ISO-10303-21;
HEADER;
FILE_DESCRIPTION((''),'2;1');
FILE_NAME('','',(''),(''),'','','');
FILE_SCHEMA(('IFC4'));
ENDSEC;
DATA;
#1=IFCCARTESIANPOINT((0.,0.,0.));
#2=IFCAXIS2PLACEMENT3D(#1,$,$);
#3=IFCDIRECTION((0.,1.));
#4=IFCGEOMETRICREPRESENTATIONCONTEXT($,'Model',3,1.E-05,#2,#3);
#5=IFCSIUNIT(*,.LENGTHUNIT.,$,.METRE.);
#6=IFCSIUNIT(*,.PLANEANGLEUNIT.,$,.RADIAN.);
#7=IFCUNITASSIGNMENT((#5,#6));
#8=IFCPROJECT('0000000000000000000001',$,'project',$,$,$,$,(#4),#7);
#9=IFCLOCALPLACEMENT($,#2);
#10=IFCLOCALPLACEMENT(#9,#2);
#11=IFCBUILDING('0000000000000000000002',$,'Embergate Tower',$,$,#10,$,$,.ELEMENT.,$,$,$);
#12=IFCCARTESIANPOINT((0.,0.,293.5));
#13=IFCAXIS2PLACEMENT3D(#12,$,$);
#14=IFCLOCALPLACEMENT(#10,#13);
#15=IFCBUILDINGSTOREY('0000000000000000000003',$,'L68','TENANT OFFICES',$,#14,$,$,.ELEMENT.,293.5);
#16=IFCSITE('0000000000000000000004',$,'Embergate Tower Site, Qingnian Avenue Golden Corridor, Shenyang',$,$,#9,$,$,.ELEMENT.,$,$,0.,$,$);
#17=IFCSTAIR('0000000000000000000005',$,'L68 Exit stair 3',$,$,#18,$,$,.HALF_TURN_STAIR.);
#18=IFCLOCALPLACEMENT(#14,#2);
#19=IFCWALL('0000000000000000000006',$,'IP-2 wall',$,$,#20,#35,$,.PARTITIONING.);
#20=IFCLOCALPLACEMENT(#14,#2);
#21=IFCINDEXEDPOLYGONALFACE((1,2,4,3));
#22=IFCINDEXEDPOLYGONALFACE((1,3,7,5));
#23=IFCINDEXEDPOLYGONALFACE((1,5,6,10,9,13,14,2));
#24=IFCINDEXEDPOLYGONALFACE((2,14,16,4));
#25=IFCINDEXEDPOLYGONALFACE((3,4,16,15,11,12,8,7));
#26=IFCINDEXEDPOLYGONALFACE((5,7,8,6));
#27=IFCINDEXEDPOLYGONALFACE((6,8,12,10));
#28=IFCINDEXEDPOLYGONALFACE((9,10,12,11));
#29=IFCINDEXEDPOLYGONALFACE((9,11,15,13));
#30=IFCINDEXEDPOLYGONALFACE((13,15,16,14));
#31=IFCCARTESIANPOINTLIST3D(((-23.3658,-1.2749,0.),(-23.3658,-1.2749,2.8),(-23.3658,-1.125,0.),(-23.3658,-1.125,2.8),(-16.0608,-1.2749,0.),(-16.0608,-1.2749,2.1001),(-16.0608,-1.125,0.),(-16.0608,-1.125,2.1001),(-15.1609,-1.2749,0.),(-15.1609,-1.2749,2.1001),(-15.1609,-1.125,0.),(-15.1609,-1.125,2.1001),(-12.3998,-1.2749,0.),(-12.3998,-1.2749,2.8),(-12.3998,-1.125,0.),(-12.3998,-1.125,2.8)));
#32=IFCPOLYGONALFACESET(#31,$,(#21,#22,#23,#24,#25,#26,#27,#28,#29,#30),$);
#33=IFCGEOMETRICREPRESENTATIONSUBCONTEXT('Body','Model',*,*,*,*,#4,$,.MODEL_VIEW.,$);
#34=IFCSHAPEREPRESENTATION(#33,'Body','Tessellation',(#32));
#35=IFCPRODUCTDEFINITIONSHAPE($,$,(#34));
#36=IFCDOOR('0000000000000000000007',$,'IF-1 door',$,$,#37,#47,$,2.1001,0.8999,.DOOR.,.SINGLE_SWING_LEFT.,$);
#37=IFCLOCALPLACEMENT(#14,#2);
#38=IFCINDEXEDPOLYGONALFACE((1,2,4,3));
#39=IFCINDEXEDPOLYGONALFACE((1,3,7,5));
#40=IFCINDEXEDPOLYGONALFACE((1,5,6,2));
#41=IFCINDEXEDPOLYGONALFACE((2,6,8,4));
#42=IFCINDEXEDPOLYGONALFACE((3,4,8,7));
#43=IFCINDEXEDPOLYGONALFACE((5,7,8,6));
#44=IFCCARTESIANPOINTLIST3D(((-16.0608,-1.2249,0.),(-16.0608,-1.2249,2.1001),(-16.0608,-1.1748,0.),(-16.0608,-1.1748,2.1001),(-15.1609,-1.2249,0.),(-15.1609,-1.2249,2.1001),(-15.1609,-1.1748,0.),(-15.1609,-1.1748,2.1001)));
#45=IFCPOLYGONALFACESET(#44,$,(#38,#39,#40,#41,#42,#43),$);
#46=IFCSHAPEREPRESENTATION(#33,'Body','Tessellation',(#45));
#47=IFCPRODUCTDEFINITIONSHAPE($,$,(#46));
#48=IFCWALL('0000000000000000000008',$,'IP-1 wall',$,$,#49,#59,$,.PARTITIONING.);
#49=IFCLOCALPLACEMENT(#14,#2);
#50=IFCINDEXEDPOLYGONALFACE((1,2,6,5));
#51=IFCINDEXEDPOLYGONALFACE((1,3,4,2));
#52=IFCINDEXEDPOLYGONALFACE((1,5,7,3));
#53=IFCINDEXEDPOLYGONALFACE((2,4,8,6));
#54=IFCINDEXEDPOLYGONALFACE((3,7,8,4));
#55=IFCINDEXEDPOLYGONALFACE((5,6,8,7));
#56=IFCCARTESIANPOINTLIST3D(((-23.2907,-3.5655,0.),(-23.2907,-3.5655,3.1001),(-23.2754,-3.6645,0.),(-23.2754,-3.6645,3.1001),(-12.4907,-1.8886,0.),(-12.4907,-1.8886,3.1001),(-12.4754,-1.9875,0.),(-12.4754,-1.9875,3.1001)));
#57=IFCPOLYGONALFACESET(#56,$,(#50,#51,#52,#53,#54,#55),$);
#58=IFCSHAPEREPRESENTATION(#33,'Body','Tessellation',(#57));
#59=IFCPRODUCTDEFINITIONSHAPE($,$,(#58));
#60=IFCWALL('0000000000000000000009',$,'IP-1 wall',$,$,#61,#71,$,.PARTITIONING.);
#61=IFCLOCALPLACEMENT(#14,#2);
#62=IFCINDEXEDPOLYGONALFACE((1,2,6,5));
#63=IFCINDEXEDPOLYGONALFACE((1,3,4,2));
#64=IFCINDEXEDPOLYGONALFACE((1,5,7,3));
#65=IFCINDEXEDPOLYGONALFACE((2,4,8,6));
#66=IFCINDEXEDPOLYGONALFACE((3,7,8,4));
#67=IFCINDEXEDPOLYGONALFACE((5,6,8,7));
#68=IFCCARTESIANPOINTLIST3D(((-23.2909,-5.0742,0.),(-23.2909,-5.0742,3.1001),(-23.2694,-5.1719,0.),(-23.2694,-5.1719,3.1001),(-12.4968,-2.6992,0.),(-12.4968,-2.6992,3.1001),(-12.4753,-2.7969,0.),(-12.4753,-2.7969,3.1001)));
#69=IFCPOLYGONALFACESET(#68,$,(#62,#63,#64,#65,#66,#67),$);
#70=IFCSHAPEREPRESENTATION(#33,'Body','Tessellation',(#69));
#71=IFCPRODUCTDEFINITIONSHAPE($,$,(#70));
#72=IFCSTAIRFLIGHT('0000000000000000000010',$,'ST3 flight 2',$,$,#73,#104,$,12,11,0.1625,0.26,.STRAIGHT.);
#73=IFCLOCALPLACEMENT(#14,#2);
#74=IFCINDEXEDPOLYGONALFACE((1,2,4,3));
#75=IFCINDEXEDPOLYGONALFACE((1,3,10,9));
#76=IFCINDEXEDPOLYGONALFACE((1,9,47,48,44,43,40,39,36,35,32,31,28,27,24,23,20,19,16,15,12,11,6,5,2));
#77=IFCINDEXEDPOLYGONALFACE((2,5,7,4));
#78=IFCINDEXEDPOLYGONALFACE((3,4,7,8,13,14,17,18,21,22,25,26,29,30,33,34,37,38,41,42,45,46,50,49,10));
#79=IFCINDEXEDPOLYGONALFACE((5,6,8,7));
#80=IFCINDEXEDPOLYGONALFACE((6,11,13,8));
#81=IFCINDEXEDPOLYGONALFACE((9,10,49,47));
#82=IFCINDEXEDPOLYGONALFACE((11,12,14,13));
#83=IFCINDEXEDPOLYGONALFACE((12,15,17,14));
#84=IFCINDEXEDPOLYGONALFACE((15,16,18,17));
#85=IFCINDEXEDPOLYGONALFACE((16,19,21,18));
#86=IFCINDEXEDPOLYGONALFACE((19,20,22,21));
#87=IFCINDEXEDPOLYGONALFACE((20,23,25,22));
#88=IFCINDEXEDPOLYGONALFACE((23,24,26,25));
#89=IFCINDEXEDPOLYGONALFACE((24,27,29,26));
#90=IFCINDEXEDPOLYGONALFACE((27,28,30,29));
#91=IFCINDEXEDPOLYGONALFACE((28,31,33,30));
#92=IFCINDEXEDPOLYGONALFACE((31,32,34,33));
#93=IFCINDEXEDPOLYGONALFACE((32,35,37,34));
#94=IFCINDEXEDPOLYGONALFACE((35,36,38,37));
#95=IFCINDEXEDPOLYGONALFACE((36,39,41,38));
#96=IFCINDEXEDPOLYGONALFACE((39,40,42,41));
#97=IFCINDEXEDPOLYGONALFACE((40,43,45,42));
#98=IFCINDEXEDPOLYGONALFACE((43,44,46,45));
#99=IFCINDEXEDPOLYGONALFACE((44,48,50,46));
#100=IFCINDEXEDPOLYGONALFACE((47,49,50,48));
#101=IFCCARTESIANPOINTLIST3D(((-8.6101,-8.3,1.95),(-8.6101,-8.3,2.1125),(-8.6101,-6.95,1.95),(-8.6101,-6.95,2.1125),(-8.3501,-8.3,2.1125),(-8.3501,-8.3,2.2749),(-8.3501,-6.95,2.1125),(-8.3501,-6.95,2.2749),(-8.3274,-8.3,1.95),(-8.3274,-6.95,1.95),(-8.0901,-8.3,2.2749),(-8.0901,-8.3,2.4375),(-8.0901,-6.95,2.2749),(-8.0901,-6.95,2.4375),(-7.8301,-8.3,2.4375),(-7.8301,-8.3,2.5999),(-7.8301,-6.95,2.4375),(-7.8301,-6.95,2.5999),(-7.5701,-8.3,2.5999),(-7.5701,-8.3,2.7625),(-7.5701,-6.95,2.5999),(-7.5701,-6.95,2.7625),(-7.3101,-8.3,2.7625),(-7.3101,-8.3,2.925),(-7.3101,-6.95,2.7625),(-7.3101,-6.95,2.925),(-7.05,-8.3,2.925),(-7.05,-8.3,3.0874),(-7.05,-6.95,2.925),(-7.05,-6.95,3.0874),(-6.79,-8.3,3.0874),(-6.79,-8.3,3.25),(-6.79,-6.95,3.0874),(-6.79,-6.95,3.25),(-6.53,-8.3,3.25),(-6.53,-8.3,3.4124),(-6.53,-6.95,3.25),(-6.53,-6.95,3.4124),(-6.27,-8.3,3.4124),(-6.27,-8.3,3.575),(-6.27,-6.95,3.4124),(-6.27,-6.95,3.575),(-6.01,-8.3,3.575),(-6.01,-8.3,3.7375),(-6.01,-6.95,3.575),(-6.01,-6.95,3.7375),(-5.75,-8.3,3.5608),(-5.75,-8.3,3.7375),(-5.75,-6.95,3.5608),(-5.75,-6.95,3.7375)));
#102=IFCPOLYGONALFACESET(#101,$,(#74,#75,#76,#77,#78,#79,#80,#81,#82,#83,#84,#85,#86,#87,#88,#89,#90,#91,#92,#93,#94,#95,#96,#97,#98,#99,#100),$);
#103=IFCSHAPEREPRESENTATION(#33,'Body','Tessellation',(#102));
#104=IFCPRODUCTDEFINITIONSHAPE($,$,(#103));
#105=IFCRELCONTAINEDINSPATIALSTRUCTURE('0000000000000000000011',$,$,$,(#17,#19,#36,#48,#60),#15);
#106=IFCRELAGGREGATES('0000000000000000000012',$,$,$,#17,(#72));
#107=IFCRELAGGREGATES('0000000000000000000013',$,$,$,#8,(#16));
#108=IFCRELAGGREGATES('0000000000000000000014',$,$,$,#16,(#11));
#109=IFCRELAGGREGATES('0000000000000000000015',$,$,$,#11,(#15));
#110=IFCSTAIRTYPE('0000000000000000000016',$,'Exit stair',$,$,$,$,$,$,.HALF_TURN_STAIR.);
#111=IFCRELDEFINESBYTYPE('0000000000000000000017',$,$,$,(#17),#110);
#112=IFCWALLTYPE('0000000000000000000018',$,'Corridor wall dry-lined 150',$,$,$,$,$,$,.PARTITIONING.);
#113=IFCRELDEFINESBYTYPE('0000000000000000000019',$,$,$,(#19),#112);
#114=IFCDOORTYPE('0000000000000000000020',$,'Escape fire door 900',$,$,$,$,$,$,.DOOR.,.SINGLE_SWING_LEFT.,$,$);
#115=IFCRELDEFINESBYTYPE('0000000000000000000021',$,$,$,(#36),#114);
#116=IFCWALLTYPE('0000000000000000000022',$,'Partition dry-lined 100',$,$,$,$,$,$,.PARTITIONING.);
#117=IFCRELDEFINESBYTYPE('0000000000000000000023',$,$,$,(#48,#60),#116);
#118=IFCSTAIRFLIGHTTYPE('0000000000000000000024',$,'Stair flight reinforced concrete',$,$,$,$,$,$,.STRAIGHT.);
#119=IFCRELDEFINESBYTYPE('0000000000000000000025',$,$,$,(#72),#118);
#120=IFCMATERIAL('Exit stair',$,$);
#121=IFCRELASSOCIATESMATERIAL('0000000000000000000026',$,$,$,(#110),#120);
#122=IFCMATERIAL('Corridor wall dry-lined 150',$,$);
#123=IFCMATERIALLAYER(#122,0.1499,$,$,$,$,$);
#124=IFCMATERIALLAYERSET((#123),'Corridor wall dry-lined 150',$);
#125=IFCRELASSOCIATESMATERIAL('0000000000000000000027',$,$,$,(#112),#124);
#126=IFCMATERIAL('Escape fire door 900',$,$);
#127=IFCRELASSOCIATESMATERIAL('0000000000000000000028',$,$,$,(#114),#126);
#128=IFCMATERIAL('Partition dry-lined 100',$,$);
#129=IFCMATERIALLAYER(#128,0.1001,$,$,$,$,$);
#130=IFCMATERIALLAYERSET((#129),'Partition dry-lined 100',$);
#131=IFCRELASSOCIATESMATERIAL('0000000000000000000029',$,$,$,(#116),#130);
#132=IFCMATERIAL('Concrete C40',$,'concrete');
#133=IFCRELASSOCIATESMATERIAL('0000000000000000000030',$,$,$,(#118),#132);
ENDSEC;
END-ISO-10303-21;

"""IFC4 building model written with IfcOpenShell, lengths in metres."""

from ifc_helpers import new_model, si_unit, direction, frame, frame_2d, origin, place, context, subcontext, project, spatial, polyline, rectangle, outline, extrude, source, transform, mapped, material, layer, layer_set, type_object, element, fill, aggregate, save


model = new_model("IFC4")

# Units and contexts
model_context = context("Model", 3, precision=1e-05, world=origin(), true_north=direction((0.0, 1.0)))
body_context = subcontext(model_context, "Body", "Model", "MODEL_VIEW")
ifc_project = project(units=[si_unit("LENGTHUNIT", "METRE"), si_unit("PLANEANGLEUNIT", "RADIAN")], contexts=[model_context])

# Site, building, storey
site_placement = place(None, origin())
site = spatial("IfcSite", under=ifc_project, at=site_placement, Name="Embergate Tower Site, Qingnian Avenue Golden Corridor, Shenyang", CompositionType="ELEMENT", RefElevation=0.0)
building_placement = place(site_placement, origin())
building = spatial("IfcBuilding", under=site, at=building_placement, Name="Embergate Tower", CompositionType="ELEMENT")
storey_placement = place(building_placement, frame((0.0, 0.0, 293.5)))
storey = spatial("IfcBuildingStorey", under=building, at=storey_placement, Name="L68", Description="TENANT OFFICES", CompositionType="ELEMENT", Elevation=293.5)

# Stair
ifc_material_1 = material(Name="Exit stair")
stair_type = type_object("IfcStairType", Name="Exit stair", PredefinedType="HALF_TURN_STAIR", material=ifc_material_1)
stair_placement = place(storey_placement, origin())
stair = element("IfcStair", 1, at=stair_placement, inside=storey, type_object=stair_type, Name="L68 Exit stair 3", PredefinedType="HALF_TURN_STAIR")
ifc_material_2 = material(Name="Concrete C40", Category="concrete")

# Shared definitions
ifc_material_3 = material(Name="Corridor wall dry-lined 150")
ifc_layer_1 = layer(ifc_material_3, 0.1499)
ifc_layer_set_1 = layer_set([ifc_layer_1], Name="Corridor wall dry-lined 150")
wall_type_1 = type_object("IfcWallType", Name="Corridor wall dry-lined 150", PredefinedType="PARTITIONING", material=ifc_layer_set_1)

# Wall, opening, door
shared_shape_1 = source(origin(), body_context, "Body", "SweptSolid", [
    extrude(rectangle(XDim=0.8999, YDim=2.1001, at=frame_2d((0.45, 1.05))), frame((0.0, 0.0249, 0.0), z_axis=(0.0, -1.0, 0.0), x_axis=(1.0, 0.0, 0.0)), (0.0, 0.0, 1.0), 0.05),
])
shared_shape_2 = source(origin(), body_context, "Body", "SweptSolid", [
    extrude(rectangle(XDim=10.9661, YDim=0.1499, at=frame_2d((5.4829, 0.0))), origin(), (0.0, 0.0, 1.0), 2.8),
])
wall_1_placement = place(storey_placement, frame((-12.3999, -1.2, 0.0), z_axis=(0.0, 0.0, 1.0), x_axis=(-1.0, 0.0, 0.0)))
wall_1 = element("IfcWall", 2, at=wall_1_placement, inside=storey, type_object=wall_type_1, Name="IP-2 wall", PredefinedType="PARTITIONING", context=body_context, shape_type="MappedRepresentation", body=[
    mapped(shared_shape_2, transform((0.0, 0.0, 0.0))),
])
shared_shape_3 = source(origin(), body_context, "Body", "SweptSolid", [
    extrude(rectangle(XDim=0.8999, YDim=2.1001, at=frame_2d((0.45, 1.05))), frame((0.0, 0.085, 0.0), z_axis=(0.0, -1.0, 0.0), x_axis=(1.0, 0.0, 0.0)), (0.0, 0.0, 1.0), 0.1699),
])
opening_1_placement = place(wall_1_placement, frame((2.761, 0.0, 0.0)))
opening_1 = element("IfcOpeningElement", 3, at=opening_1_placement, cuts=wall_1, PredefinedType="OPENING", context=body_context, shape_type="MappedRepresentation", body=[
    mapped(shared_shape_3, transform((0.0, 0.0, 0.0))),
])
ifc_material_4 = material(Name="Escape fire door 900")
door_type_1 = type_object("IfcDoorType", Name="Escape fire door 900", OperationType="SINGLE_SWING_LEFT", PredefinedType="DOOR", material=ifc_material_4)
door_1_placement = place(opening_1_placement, origin())
door_1 = element("IfcDoor", 4, at=door_1_placement, inside=storey, type_object=door_type_1, Name="IF-1 door", OperationType="SINGLE_SWING_LEFT", OverallHeight=2.1001, OverallWidth=0.8999, PredefinedType="DOOR", context=body_context, shape_type="MappedRepresentation", body=[
    mapped(shared_shape_1, transform((0.0, 0.0, 0.0))),
])
fill(opening_1, door_1)

# Walls
ifc_material_5 = material(Name="Partition dry-lined 100")
ifc_layer_2 = layer(ifc_material_5, 0.1001)
ifc_layer_set_2 = layer_set([ifc_layer_2], Name="Partition dry-lined 100")
wall_type_2 = type_object("IfcWallType", Name="Partition dry-lined 100", PredefinedType="PARTITIONING", material=ifc_layer_set_2)
shared_shape_4 = source(origin(), body_context, "Body", "SweptSolid", [
    extrude(rectangle(XDim=10.9294, YDim=0.1001, at=frame_2d((5.4648, 0.0))), origin(), (0.0, 0.0, 1.0), 3.1001),
])
wall_2_placement = place(storey_placement, frame((-12.4829, -1.938, 0.0), z_axis=(0.0, 0.0, 1.0), x_axis=(-0.988158, -0.153438, 0.0)))
element("IfcWall", 5, at=wall_2_placement, inside=storey, type_object=wall_type_2, Name="IP-1 wall", PredefinedType="PARTITIONING", context=body_context, shape_type="MappedRepresentation", body=[
    mapped(shared_shape_4, transform((0.0, 0.0, 0.0))),
])
shared_shape_5 = source(origin(), body_context, "Body", "SweptSolid", [
    extrude(rectangle(XDim=11.0522, YDim=0.1001, at=frame_2d((5.5261, 0.0))), origin(), (0.0, 0.0, 1.0), 3.1001),
])
wall_3_placement = place(storey_placement, frame((-12.4861, -2.748, 0.0), z_axis=(0.0, 0.0, 1.0), x_axis=(-0.976638, -0.21489, 0.0)))
element("IfcWall", 6, at=wall_3_placement, inside=storey, type_object=wall_type_2, Name="IP-1 wall", PredefinedType="PARTITIONING", context=body_context, shape_type="MappedRepresentation", body=[
    mapped(shared_shape_5, transform((0.0, 0.0, 0.0))),
])

# Stair flight
stair_flight_type = type_object("IfcStairFlightType", Name="Stair flight reinforced concrete", PredefinedType="STRAIGHT", material=ifc_material_2)
shared_shape_6 = source(origin(), body_context, "Body", "SweptSolid", [
    extrude(outline(polyline([(0.0, 0.0), (0.0, 0.1626), (0.26, 0.1626), (0.26, 0.325), (0.52, 0.325), (0.52, 0.4875), (0.78, 0.4875), (0.78, 0.6499), (1.04, 0.6499), (1.04, 0.8125), (1.3, 0.8125), (1.3, 0.9751), (1.5601, 0.9751), (1.5601, 1.1375), (1.8201, 1.1375), (1.8201, 1.3), (2.0801, 1.3), (2.0801, 1.4624), (2.3401, 1.4624), (2.3401, 1.625), (2.6001, 1.625), (2.6001, 1.7876), (2.8601, 1.7876), (2.8601, 1.95), (2.8601, 1.6108), (0.2827, 0.0), (0.0, 0.0)])), frame((0.0, 0.675, 0.0), z_axis=(0.0, -1.0, 0.0), x_axis=(1.0, 0.0, 0.0)), (0.0, 0.0, 1.0), 1.3501),
])
stair_flight_placement = place(storey_placement, frame((-8.6101, -7.625, 1.95), z_axis=(0.0, 0.0, 1.0), x_axis=(1.0, 0.0, 0.0)))
stair_flight = element("IfcStairFlight", 7, at=stair_flight_placement, type_object=stair_flight_type, Name="ST3 flight 2", NumberOfRisers=12, NumberOfTreads=11, PredefinedType="STRAIGHT", RiserHeight=0.1625, TreadLength=0.26, context=body_context, shape_type="MappedRepresentation", body=[
    mapped(shared_shape_6, transform((0.0, 0.0, 0.0))),
])
aggregate(stair, [stair_flight])

save(model, "model.ifc")
